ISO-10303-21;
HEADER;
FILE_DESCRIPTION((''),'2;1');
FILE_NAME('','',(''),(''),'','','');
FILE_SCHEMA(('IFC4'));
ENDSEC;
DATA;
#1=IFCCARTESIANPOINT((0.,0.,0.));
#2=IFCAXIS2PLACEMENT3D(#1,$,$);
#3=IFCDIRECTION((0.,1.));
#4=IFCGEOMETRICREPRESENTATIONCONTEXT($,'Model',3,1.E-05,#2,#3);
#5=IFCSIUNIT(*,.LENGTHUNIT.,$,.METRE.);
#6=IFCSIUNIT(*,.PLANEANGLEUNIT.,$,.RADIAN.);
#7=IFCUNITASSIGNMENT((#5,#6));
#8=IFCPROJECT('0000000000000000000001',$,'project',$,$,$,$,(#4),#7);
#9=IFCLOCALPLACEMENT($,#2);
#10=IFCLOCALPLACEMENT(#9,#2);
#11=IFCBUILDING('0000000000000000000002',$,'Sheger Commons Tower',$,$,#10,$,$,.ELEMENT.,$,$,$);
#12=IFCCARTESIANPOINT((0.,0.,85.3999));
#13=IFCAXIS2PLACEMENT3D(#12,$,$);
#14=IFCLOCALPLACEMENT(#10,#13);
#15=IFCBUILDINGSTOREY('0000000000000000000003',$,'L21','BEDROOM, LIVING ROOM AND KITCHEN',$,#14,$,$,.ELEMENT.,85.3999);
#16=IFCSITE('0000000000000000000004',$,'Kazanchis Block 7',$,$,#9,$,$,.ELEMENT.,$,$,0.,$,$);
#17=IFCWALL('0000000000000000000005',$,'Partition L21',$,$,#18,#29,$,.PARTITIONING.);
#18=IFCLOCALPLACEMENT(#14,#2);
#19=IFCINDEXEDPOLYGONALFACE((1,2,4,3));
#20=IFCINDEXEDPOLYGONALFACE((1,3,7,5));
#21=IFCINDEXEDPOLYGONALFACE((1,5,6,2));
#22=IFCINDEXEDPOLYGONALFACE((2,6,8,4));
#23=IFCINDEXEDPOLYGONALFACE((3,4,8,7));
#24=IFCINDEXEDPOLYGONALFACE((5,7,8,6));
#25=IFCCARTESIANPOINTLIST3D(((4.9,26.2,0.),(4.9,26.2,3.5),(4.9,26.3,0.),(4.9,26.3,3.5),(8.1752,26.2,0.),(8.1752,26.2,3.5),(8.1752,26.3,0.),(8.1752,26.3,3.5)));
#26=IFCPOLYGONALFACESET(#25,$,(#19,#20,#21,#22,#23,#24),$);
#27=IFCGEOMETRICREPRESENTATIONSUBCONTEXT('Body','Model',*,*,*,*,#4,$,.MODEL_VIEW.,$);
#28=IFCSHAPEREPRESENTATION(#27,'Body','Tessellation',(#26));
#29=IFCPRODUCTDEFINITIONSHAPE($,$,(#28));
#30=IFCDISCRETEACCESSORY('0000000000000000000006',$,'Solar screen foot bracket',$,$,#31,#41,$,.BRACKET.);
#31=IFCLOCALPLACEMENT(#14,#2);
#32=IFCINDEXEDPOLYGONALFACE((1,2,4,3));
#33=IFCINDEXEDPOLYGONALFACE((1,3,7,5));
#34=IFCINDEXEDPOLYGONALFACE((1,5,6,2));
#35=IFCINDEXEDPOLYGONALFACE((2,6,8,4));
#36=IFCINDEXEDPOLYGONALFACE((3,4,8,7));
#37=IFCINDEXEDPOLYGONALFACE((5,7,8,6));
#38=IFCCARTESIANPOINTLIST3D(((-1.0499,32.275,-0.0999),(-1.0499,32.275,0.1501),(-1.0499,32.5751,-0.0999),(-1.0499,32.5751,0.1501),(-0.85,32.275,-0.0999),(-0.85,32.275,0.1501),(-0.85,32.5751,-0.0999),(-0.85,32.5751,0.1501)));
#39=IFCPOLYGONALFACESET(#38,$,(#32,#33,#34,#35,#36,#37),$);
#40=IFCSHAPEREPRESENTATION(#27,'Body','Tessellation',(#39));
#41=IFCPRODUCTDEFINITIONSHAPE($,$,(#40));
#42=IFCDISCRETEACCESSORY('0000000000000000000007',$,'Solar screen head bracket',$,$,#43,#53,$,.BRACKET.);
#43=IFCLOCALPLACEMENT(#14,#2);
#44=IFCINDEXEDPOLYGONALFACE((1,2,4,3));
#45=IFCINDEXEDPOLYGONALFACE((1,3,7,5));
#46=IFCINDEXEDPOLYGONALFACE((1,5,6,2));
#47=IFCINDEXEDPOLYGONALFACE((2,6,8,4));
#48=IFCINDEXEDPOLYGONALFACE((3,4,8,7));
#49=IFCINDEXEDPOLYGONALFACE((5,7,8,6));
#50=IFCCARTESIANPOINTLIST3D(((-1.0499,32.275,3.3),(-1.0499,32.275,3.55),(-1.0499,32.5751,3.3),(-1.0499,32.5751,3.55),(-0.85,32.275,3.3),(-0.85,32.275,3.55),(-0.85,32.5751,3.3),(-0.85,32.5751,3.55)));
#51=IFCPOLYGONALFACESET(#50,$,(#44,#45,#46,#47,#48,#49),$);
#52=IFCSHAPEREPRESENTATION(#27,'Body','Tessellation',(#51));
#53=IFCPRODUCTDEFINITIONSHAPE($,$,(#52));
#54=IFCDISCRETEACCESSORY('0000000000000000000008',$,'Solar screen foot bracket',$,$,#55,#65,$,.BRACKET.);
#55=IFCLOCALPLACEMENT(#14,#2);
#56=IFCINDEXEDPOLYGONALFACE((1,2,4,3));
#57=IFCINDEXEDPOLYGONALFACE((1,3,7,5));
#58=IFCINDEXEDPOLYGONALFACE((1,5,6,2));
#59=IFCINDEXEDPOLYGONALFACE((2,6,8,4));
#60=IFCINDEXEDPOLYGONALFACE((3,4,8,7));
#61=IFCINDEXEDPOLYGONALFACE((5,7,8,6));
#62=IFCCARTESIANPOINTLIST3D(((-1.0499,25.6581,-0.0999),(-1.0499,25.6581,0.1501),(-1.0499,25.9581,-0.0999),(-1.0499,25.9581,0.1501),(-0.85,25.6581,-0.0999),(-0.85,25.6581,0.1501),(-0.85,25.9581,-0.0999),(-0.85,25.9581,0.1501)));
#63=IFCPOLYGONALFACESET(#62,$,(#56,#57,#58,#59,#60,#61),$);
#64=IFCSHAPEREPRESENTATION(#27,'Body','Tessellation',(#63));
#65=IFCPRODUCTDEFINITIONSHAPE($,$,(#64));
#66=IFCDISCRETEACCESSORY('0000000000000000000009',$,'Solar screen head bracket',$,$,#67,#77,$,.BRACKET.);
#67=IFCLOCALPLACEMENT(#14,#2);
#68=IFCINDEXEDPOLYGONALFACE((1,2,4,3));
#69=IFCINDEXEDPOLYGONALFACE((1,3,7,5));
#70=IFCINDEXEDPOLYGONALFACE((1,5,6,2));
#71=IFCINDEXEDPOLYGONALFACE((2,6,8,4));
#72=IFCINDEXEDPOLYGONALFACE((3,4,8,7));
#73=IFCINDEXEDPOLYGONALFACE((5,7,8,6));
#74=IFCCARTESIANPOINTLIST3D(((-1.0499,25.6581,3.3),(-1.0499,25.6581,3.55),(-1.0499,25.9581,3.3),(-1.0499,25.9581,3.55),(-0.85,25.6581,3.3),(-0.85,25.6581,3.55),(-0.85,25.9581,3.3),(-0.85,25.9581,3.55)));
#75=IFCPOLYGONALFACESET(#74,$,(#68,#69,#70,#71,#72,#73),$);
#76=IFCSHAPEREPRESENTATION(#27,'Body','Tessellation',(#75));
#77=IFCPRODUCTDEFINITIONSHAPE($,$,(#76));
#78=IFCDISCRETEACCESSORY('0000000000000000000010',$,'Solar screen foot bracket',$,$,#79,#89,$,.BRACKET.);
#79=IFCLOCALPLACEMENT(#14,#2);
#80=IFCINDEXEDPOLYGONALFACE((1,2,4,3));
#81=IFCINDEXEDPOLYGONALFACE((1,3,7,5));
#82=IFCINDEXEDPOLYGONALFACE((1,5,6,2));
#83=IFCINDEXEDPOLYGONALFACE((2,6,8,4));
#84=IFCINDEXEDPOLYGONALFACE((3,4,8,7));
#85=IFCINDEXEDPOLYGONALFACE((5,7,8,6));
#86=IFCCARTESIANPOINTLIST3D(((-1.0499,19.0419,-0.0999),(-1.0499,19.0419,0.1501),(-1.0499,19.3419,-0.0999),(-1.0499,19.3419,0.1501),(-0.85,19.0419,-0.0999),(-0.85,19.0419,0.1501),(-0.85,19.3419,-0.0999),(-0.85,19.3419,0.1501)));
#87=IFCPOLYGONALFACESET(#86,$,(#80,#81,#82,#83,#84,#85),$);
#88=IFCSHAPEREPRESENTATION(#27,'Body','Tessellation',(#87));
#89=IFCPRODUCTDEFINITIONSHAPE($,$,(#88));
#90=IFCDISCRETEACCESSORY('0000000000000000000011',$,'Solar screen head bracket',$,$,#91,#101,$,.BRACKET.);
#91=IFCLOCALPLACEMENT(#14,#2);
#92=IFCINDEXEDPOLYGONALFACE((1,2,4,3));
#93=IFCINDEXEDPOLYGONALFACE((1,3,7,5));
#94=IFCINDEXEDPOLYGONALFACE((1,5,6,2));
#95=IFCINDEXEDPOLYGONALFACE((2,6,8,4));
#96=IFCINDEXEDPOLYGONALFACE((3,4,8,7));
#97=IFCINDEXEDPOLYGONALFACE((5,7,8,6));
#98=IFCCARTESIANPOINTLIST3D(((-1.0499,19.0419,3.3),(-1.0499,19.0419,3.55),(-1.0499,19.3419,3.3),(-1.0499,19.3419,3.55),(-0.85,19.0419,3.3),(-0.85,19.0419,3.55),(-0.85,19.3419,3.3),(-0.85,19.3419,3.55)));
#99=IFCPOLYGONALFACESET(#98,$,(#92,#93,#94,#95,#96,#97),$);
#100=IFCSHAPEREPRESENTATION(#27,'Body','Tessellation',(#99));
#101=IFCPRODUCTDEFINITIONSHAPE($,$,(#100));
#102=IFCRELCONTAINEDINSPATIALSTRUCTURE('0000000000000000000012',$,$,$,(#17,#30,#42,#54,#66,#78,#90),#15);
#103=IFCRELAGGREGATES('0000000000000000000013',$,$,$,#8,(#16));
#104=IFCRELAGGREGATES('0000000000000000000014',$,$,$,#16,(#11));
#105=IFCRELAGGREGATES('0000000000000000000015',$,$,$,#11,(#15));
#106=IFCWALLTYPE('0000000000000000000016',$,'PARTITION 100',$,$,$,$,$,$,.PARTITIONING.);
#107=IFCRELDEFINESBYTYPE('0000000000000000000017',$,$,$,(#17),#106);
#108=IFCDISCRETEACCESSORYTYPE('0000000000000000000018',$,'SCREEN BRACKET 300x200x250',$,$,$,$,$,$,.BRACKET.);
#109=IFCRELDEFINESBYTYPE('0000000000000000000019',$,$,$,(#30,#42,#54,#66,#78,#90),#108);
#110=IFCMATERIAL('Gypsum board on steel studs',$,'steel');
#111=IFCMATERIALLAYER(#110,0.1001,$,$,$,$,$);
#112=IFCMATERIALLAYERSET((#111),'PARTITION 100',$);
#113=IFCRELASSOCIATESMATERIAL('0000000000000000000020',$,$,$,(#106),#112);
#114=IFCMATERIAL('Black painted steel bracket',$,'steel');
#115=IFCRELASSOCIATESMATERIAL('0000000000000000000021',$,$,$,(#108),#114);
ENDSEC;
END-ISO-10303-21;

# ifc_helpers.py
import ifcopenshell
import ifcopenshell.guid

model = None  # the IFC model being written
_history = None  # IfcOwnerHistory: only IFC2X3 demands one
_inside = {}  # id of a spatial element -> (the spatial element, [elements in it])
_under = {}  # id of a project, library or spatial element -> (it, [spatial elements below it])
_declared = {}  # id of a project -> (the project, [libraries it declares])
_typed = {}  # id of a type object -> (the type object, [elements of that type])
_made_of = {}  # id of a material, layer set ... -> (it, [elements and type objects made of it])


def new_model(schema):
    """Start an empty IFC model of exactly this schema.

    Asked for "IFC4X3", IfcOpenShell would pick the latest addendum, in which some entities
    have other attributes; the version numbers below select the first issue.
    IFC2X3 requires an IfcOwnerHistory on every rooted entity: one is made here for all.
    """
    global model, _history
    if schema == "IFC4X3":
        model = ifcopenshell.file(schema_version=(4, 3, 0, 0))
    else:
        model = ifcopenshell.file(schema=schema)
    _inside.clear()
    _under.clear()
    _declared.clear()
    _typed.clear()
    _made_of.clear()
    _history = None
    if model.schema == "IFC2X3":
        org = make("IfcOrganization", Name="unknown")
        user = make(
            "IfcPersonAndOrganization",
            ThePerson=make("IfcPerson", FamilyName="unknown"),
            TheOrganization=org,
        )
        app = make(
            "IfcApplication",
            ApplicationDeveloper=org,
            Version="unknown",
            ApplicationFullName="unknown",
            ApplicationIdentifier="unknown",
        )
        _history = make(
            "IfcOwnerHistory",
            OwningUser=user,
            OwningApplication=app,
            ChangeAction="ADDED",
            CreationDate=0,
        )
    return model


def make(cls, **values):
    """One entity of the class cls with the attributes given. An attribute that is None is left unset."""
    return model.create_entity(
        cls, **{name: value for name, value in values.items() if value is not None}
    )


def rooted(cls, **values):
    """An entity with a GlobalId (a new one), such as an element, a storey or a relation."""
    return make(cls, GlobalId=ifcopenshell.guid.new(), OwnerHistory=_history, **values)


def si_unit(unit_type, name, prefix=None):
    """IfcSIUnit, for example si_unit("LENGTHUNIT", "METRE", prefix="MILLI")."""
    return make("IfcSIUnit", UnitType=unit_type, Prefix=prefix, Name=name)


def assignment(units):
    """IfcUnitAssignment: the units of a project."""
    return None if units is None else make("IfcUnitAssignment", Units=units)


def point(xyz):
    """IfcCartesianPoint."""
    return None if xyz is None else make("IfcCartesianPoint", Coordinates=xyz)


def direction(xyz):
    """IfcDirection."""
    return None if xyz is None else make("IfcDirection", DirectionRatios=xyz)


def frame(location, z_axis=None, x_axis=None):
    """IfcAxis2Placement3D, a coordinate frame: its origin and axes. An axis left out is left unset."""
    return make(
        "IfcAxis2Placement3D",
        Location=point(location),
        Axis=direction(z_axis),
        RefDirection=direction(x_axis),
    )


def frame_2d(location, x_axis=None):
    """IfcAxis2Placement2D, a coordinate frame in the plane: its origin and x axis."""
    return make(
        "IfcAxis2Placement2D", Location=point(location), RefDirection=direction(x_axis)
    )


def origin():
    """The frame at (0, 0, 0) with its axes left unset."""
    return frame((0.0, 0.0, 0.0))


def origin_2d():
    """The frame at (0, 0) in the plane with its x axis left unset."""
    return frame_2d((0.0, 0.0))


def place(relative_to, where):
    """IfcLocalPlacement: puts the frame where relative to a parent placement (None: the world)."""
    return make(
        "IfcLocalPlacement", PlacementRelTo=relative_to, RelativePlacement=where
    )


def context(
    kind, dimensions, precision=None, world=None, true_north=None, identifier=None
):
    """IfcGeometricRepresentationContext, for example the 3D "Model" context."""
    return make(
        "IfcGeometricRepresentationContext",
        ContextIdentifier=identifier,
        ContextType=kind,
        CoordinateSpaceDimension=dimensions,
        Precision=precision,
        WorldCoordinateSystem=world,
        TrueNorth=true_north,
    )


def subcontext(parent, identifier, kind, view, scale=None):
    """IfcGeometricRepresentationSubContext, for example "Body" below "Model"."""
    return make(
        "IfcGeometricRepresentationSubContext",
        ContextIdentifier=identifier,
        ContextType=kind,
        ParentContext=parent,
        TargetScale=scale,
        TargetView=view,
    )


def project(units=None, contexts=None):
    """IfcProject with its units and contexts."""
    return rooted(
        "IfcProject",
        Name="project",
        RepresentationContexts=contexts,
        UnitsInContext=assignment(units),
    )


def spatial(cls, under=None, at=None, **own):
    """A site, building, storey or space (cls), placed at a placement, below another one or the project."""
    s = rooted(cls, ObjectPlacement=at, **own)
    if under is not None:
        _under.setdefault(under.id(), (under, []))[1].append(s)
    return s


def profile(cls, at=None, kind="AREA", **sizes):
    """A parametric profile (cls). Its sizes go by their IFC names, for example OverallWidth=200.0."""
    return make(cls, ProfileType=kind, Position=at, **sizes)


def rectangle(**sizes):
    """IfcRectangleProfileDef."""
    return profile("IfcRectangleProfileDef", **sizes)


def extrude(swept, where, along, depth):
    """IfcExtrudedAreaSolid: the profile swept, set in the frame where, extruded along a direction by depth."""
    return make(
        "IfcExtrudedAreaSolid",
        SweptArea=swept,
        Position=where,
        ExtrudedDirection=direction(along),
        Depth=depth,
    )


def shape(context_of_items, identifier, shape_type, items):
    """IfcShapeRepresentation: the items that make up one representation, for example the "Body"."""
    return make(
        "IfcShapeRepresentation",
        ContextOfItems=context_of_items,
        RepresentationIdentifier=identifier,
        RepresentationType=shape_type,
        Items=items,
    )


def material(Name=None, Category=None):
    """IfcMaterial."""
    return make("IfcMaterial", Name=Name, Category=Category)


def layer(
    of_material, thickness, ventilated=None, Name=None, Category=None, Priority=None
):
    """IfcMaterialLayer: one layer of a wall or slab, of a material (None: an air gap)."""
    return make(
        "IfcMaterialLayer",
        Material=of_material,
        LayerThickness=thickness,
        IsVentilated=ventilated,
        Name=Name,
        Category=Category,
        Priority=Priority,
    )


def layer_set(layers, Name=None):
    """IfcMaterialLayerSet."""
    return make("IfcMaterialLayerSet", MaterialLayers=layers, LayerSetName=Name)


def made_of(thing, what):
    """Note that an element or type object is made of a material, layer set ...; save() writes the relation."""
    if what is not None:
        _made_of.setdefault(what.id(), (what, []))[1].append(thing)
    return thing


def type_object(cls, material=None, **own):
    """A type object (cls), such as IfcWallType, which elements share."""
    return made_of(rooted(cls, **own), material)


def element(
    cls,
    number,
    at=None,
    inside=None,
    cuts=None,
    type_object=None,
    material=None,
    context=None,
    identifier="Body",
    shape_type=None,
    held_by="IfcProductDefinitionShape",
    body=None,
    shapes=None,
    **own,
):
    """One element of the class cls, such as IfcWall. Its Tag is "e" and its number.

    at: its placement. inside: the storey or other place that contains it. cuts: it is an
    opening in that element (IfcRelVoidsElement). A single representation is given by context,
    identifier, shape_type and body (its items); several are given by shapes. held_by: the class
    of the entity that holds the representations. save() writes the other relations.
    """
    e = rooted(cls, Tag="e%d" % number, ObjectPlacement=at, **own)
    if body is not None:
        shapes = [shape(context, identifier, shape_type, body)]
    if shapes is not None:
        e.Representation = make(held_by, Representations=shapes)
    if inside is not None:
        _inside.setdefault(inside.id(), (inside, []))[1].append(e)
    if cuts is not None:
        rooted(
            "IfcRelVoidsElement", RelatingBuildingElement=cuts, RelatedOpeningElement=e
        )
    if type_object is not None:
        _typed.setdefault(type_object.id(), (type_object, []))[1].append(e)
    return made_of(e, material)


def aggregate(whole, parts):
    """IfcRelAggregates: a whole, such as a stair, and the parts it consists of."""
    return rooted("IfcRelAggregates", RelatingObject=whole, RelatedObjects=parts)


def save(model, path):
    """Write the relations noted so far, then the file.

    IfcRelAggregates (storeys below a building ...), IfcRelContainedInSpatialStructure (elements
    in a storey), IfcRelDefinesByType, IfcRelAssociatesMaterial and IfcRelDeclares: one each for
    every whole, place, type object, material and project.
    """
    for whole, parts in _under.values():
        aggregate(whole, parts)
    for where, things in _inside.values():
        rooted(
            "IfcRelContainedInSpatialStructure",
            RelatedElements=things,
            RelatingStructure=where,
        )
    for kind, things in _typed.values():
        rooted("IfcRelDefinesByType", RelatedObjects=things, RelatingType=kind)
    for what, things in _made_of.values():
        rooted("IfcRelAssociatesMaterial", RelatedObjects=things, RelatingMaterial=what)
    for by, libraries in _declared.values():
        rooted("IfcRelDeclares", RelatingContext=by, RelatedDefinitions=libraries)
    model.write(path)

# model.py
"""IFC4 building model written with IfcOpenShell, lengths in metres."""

from ifc_helpers import new_model, si_unit, direction, frame, frame_2d, origin, origin_2d, place, context, subcontext, project, spatial, rectangle, extrude, material, layer, layer_set, type_object, element, save


model = new_model("IFC4")

# Units and contexts
model_context = context("Model", 3, precision=1e-05, world=origin(), true_north=direction((0.0, 1.0)))
body_context = subcontext(model_context, "Body", "Model", "MODEL_VIEW")
ifc_project = project(units=[si_unit("LENGTHUNIT", "METRE"), si_unit("PLANEANGLEUNIT", "RADIAN")], contexts=[model_context])

# Site, building, storey
site_placement = place(None, origin())
site = spatial("IfcSite", under=ifc_project, at=site_placement, Name="Kazanchis Block 7", CompositionType="ELEMENT", RefElevation=0.0)
building_placement = place(site_placement, origin())
building = spatial("IfcBuilding", under=site, at=building_placement, Name="Sheger Commons Tower", CompositionType="ELEMENT")
storey_placement = place(building_placement, frame((0.0, 0.0, 85.3999)))
storey = spatial("IfcBuildingStorey", under=building, at=storey_placement, Name="L21", Description="BEDROOM, LIVING ROOM AND KITCHEN", CompositionType="ELEMENT", Elevation=85.3999)

# Shared definitions
ifc_material_1 = material(Name="Gypsum board on steel studs", Category="steel")
ifc_layer_1 = layer(ifc_material_1, 0.1001)
ifc_layer_set_1 = layer_set([ifc_layer_1], Name="PARTITION 100")
wall_type_1 = type_object("IfcWallType", Name="PARTITION 100", PredefinedType="PARTITIONING", material=ifc_layer_set_1)

# Wall
wall_1_placement = place(storey_placement, frame((4.8999, 26.25, 0.0), z_axis=(0.0, 0.0, 1.0), x_axis=(1.0, 0.0, 0.0)))
element("IfcWall", 1, at=wall_1_placement, inside=storey, type_object=wall_type_1, Name="Partition L21", PredefinedType="PARTITIONING", context=body_context, shape_type="SweptSolid", body=[
    extrude(rectangle(XDim=3.2751, YDim=0.1001, at=frame_2d((1.6377, 0.0))), origin(), (0.0, 0.0, 1.0), 3.5),
])

# Discrete accessories
ifc_material_2 = material(Name="Black painted steel bracket", Category="steel")
discrete_accessory_type = type_object("IfcDiscreteAccessoryType", Name="SCREEN BRACKET 300x200x250", PredefinedType="BRACKET", material=ifc_material_2)
for number, where, z_axis, x_axis, name in (
    (2, (-0.95, 32.425, -0.0999), (0.0, 0.0, 1.0), (0.0, -1.0, 0.0), "Solar screen foot bracket"),
    (3, (-0.95, 32.425, 3.3), (0.0, 0.0, 1.0), (0.0, -1.0, 0.0), "Solar screen head bracket"),
    (4, (-0.95, 25.8081, -0.0999), (0.0, 0.0, 1.0), (0.0, -1.0, 0.0), "Solar screen foot bracket"),
    (5, (-0.95, 25.8081, 3.3), (0.0, 0.0, 1.0), (0.0, -1.0, 0.0), "Solar screen head bracket"),
    (6, (-0.95, 19.1919, -0.0999), (0.0, 0.0, 1.0), (0.0, -1.0, 0.0), "Solar screen foot bracket"),
    (7, (-0.95, 19.1919, 3.3), (0.0, 0.0, 1.0), (0.0, -1.0, 0.0), "Solar screen head bracket"),
):
    element("IfcDiscreteAccessory", number, at=place(storey_placement, frame(where, z_axis=z_axis, x_axis=x_axis)), inside=storey, type_object=discrete_accessory_type, Name=name, PredefinedType="BRACKET", context=body_context, shape_type="SweptSolid", body=[
        extrude(rectangle(XDim=0.3, YDim=0.2, at=origin_2d()), origin(), (0.0, 0.0, 1.0), 0.25),
    ])

save(model, "model.ifc")
